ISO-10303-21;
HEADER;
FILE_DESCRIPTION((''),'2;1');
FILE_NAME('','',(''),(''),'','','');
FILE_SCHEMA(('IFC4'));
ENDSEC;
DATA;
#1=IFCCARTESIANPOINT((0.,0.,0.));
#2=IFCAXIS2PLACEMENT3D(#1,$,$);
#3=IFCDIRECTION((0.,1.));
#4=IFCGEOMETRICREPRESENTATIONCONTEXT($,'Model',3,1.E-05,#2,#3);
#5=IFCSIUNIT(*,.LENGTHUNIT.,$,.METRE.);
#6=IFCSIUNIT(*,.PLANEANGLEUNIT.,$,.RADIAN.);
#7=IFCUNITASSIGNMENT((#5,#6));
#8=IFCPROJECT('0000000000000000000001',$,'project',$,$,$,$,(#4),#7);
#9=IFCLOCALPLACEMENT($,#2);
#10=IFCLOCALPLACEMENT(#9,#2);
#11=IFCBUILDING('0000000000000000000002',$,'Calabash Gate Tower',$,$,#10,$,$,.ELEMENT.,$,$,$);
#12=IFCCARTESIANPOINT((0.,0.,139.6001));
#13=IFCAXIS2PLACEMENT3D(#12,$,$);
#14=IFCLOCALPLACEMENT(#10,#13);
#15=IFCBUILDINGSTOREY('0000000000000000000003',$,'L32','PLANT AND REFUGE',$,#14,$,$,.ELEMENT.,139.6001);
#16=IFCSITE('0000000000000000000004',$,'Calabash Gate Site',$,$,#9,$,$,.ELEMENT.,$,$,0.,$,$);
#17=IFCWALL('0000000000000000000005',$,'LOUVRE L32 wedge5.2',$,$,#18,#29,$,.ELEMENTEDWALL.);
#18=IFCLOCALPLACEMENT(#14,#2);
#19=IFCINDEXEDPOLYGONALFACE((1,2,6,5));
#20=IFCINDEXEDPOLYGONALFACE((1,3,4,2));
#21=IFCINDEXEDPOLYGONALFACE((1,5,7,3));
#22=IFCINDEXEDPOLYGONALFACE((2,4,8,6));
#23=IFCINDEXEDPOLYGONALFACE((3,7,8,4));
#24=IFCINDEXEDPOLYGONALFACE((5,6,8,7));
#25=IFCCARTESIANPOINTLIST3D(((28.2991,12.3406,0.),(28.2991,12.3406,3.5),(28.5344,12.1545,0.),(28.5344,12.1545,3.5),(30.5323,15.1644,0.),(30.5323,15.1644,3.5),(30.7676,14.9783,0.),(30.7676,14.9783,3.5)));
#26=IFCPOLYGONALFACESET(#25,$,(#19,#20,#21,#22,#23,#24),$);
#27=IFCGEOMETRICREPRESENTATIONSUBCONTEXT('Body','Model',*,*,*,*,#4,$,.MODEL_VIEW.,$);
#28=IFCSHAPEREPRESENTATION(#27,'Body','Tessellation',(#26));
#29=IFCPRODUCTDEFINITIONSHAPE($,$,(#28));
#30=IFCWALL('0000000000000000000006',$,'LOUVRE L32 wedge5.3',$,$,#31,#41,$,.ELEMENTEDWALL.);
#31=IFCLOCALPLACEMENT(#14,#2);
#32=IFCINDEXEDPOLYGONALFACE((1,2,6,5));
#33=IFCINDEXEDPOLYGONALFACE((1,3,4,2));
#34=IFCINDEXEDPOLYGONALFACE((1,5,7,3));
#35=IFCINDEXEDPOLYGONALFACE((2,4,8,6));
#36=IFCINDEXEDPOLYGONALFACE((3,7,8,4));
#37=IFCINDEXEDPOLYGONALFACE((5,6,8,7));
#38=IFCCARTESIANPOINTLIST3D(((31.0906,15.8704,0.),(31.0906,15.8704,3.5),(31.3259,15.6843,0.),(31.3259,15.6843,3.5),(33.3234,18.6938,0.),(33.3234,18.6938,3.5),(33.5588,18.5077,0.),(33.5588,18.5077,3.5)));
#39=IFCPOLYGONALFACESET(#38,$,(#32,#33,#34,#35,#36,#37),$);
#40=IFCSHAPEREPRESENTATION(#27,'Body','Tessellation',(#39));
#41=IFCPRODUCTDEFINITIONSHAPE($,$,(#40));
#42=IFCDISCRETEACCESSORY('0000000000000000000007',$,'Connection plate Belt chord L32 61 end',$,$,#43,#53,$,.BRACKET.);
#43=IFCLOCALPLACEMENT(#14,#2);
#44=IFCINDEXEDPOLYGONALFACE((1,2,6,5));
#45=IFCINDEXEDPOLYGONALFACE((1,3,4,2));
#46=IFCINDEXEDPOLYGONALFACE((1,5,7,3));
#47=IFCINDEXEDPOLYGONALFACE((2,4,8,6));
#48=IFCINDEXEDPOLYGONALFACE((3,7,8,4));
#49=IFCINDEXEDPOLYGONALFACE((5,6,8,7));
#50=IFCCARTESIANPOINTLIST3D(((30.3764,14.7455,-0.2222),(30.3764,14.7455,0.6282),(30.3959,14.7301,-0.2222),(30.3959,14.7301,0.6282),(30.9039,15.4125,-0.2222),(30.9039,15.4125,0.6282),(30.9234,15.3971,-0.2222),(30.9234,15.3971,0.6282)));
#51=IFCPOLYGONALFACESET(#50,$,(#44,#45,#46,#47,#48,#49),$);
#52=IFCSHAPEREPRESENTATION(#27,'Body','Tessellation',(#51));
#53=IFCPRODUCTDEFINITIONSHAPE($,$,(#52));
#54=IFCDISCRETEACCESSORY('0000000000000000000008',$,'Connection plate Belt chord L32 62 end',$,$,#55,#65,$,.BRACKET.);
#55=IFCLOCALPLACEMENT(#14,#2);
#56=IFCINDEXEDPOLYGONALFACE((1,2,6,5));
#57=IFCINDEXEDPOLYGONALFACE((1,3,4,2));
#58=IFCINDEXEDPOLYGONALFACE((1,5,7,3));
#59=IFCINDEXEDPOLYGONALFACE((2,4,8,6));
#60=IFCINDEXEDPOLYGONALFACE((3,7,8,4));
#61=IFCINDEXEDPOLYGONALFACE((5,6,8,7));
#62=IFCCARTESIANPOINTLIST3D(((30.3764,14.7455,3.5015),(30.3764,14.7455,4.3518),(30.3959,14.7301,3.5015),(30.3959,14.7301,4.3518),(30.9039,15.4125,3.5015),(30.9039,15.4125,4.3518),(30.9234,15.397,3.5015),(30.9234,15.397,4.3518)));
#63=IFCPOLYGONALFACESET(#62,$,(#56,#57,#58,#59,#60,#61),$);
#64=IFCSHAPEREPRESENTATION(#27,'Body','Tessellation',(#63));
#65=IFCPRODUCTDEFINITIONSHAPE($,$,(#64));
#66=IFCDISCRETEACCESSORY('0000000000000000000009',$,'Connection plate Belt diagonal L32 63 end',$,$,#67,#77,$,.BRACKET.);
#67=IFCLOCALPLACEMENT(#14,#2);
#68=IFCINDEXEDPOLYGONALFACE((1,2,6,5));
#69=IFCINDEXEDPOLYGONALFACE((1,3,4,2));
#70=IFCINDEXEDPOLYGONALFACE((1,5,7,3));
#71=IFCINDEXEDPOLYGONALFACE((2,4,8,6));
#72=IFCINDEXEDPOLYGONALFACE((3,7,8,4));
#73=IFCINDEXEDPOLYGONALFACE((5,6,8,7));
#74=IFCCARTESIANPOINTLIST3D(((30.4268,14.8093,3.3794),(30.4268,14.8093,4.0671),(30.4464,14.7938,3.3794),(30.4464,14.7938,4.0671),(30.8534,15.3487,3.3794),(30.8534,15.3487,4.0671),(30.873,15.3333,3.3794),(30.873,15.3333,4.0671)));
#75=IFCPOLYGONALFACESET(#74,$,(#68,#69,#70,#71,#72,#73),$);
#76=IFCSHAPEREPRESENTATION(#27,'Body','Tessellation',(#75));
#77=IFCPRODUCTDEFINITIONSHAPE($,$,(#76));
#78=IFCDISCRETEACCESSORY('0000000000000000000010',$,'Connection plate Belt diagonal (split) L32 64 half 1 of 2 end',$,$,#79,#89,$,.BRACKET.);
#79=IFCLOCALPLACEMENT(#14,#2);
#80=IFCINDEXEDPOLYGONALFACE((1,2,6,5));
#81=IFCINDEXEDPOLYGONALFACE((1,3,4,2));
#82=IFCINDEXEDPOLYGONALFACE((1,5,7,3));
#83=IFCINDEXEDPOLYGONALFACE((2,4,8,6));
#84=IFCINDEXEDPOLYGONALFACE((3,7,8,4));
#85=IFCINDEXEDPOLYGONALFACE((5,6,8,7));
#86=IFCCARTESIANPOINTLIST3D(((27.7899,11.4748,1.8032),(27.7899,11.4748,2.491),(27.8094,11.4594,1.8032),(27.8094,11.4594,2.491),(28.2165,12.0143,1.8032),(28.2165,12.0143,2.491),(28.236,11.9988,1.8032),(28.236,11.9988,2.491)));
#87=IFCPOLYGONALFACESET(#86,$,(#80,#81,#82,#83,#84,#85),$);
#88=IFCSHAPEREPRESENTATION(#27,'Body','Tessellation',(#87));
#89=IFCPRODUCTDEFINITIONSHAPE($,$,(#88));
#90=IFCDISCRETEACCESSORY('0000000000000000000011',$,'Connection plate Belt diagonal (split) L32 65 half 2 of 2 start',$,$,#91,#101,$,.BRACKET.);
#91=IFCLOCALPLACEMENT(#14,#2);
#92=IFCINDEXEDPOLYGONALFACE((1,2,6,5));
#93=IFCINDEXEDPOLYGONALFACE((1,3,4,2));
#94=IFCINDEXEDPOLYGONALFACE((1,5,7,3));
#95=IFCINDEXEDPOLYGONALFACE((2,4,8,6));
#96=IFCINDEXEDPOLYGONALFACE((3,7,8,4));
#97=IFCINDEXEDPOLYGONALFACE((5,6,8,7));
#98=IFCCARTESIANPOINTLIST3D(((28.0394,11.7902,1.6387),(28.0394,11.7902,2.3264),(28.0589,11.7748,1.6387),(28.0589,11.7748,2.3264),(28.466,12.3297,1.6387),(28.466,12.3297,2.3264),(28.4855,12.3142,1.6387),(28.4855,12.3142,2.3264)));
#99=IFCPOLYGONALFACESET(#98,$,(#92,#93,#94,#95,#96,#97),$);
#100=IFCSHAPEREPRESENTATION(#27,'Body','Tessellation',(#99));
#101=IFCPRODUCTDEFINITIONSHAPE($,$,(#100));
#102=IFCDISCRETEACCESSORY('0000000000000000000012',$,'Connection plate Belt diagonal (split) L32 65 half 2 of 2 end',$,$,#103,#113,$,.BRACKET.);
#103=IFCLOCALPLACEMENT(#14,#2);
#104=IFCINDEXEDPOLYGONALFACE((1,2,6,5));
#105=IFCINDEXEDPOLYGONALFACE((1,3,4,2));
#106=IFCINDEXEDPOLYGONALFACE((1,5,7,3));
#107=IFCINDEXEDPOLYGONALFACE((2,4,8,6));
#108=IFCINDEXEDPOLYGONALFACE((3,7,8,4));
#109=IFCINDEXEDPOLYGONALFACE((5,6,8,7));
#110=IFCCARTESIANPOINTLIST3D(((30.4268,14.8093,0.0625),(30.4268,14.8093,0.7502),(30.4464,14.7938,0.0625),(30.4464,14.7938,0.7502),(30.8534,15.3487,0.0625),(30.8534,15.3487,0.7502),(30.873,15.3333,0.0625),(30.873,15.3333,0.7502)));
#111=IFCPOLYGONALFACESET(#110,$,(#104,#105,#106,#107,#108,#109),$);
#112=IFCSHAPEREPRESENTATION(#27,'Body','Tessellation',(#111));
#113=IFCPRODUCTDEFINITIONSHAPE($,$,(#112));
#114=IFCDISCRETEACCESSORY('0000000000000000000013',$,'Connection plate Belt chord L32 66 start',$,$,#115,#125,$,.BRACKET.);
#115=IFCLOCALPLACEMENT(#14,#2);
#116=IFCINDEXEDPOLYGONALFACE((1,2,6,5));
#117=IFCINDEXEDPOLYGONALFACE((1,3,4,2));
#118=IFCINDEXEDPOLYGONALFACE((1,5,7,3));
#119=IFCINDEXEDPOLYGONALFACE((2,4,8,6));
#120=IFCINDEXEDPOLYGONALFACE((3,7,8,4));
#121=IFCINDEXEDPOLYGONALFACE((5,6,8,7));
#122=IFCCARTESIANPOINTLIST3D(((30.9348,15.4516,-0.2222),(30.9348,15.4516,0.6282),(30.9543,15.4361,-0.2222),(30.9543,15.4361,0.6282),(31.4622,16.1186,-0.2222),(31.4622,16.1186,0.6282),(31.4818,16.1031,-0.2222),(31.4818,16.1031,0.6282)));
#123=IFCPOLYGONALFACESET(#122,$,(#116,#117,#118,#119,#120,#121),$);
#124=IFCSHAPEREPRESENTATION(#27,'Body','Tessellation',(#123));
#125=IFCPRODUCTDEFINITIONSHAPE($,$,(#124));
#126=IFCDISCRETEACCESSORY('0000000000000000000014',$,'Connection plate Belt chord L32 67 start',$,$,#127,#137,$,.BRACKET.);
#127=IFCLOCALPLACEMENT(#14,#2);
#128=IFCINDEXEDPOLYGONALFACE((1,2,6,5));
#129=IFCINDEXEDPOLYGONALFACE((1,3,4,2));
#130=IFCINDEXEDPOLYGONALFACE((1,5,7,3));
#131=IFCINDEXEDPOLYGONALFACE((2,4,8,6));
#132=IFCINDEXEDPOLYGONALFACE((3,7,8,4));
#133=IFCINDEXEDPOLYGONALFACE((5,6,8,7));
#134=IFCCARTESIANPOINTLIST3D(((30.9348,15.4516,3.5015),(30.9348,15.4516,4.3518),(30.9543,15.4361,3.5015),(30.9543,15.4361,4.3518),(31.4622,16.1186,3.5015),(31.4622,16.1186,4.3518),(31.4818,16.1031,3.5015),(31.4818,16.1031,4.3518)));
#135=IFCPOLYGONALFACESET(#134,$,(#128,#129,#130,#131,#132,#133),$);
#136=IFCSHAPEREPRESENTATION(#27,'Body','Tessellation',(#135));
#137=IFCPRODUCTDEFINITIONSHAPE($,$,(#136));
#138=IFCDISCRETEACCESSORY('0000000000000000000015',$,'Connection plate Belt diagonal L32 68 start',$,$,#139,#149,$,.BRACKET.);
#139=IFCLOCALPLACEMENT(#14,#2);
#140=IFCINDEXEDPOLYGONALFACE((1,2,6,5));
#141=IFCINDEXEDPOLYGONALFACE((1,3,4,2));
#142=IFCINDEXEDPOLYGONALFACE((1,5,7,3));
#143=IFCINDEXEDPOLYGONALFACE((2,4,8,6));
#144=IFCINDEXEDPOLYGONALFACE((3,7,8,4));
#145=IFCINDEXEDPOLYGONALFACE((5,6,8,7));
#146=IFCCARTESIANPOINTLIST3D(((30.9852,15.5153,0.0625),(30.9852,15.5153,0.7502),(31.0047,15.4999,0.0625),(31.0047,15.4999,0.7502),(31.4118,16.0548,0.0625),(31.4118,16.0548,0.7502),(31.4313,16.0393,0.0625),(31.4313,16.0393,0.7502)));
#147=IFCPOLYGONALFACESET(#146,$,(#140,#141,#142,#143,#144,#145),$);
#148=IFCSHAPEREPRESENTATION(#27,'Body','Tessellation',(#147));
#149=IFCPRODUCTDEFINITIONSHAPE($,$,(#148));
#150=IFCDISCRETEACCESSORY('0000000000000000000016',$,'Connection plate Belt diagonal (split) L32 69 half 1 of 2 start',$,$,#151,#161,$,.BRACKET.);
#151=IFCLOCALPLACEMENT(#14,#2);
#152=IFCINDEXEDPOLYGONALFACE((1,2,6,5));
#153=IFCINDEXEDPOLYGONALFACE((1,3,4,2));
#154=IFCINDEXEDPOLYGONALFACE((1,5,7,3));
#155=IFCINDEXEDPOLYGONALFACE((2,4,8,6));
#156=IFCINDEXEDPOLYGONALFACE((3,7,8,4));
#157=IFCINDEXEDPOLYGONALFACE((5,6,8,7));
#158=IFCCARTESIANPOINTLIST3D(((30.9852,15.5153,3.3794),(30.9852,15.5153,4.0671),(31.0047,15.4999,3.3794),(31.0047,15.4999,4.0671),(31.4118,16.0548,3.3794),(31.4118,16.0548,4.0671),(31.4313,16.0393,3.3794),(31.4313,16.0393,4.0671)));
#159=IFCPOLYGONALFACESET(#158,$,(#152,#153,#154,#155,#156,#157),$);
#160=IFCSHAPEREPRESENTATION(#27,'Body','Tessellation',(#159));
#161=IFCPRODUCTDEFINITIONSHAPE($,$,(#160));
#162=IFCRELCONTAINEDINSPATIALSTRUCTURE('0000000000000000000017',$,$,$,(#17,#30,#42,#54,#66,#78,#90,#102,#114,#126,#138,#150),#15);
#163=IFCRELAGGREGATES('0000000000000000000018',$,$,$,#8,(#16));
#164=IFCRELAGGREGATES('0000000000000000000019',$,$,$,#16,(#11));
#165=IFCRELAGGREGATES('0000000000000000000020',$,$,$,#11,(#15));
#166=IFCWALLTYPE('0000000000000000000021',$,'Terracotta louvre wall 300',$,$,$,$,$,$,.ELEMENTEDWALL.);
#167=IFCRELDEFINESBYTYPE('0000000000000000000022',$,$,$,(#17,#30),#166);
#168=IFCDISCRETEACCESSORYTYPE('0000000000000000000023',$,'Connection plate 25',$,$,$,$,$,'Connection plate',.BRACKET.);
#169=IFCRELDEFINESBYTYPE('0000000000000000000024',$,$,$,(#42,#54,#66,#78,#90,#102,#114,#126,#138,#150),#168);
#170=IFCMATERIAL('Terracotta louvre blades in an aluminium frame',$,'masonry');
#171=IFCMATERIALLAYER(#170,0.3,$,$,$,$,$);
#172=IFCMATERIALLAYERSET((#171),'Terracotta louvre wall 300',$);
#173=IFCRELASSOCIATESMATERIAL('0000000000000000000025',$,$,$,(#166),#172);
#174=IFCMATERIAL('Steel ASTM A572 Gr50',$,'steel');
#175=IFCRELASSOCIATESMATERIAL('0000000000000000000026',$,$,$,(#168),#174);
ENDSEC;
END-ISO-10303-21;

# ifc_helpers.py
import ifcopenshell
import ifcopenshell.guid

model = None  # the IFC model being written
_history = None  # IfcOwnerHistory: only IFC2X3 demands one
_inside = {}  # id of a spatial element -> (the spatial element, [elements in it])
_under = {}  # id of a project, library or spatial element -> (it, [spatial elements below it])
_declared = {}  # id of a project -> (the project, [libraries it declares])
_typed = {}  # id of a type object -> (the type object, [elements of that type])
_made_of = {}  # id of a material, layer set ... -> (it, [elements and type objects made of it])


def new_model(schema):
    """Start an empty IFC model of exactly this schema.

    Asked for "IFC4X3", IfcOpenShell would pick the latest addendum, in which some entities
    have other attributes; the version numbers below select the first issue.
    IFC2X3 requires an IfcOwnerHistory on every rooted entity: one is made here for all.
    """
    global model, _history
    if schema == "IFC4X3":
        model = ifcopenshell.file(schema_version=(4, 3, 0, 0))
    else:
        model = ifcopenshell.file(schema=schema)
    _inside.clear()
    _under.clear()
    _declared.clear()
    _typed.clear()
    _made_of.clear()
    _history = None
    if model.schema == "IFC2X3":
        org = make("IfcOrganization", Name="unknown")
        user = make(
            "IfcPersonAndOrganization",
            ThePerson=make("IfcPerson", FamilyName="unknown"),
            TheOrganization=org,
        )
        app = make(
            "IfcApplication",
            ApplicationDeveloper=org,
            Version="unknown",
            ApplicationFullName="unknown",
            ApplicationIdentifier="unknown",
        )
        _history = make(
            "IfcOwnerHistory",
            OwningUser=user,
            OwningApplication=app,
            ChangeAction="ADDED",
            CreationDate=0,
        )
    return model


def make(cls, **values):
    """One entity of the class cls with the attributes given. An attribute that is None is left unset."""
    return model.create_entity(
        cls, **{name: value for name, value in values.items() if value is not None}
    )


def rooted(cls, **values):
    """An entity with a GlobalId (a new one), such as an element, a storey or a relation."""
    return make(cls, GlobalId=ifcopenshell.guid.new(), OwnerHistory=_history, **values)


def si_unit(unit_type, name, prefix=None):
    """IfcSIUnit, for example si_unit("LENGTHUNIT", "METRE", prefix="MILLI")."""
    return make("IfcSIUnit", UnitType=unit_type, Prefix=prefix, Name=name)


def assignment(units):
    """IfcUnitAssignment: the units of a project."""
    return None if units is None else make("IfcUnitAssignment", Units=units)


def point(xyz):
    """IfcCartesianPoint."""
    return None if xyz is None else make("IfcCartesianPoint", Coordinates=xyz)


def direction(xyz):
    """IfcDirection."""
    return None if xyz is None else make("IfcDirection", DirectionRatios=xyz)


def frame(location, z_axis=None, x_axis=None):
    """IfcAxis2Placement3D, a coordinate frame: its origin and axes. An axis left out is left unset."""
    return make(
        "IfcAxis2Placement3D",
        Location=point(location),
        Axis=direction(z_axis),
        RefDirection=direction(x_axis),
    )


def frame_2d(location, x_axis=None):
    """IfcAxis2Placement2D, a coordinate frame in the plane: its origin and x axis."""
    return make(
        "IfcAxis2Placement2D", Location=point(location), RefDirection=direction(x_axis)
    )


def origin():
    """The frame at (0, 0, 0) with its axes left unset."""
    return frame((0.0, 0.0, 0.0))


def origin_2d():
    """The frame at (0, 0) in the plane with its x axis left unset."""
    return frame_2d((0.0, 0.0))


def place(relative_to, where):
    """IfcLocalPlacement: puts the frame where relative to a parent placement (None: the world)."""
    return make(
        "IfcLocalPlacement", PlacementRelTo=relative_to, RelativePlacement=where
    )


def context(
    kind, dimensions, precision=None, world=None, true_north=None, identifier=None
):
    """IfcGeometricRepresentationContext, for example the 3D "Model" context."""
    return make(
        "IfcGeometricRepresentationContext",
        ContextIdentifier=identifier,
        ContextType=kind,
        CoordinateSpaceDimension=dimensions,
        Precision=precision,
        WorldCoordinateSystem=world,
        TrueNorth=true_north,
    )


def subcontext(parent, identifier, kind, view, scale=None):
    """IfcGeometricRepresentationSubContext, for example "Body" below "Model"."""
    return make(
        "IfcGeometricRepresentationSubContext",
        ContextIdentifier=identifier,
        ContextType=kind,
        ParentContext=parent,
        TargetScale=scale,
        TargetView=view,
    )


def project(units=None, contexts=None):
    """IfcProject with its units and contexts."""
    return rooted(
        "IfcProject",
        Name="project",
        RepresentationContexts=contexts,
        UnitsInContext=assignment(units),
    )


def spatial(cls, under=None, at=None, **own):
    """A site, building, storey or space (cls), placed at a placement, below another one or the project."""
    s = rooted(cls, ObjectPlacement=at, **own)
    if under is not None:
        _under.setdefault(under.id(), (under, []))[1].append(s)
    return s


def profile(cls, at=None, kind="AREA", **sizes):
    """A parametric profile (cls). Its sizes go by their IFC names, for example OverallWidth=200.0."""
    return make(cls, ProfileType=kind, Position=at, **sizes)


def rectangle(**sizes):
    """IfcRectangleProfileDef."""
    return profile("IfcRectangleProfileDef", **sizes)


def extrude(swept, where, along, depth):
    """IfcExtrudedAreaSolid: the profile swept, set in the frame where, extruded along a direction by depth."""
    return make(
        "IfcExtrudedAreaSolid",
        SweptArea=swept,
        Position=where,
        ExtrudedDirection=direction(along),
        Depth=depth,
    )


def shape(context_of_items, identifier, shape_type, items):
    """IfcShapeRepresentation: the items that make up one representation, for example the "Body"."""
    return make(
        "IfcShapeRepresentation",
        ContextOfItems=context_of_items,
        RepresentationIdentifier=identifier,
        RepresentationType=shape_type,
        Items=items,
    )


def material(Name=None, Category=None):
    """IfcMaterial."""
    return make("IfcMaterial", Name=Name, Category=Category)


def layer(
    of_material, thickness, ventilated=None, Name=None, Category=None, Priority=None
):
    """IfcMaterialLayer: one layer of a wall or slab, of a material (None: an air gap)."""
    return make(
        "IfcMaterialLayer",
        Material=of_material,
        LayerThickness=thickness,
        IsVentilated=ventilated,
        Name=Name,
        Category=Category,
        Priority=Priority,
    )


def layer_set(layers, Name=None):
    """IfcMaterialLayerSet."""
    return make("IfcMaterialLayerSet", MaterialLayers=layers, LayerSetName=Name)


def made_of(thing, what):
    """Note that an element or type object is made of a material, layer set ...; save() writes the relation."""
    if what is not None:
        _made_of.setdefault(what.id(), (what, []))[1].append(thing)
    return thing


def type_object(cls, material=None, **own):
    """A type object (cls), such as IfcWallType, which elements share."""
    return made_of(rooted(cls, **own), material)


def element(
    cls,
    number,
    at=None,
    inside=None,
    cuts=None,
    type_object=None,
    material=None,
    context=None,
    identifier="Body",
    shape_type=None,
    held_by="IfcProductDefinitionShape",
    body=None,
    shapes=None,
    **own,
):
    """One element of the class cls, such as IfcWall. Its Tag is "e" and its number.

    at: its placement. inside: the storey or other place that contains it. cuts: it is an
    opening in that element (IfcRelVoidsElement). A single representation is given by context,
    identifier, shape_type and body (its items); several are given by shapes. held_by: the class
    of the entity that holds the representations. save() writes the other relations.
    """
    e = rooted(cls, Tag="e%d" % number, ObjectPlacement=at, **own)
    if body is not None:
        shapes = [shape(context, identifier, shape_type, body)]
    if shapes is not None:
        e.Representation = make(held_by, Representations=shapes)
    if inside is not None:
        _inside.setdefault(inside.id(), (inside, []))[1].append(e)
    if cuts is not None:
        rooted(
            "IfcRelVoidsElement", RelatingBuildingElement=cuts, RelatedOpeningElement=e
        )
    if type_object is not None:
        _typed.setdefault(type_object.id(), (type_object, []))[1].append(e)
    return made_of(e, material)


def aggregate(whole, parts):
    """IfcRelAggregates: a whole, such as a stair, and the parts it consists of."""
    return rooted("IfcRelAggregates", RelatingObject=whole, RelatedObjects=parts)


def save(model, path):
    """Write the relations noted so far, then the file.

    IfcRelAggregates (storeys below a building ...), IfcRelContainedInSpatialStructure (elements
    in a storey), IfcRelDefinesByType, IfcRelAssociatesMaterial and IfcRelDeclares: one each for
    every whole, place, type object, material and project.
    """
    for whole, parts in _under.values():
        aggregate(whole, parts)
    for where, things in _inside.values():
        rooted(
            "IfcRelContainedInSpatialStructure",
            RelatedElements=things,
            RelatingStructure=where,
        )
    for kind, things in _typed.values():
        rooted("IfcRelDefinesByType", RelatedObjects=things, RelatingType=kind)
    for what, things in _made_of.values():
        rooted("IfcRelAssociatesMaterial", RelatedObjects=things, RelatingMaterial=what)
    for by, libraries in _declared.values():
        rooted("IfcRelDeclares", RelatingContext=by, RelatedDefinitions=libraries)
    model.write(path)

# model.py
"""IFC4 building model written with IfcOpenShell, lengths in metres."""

from ifc_helpers import new_model, si_unit, direction, frame, frame_2d, origin, origin_2d, place, context, subcontext, project, spatial, rectangle, extrude, material, layer, layer_set, type_object, element, save


model = new_model("IFC4")

# Units and contexts
model_context = context("Model", 3, precision=1e-05, world=origin(), true_north=direction((0.0, 1.0)))
body_context = subcontext(model_context, "Body", "Model", "MODEL_VIEW")
ifc_project = project(units=[si_unit("LENGTHUNIT", "METRE"), si_unit("PLANEANGLEUNIT", "RADIAN")], contexts=[model_context])

# Site, building, storey
site_placement = place(None, origin())
site = spatial("IfcSite", under=ifc_project, at=site_placement, Name="Calabash Gate Site", CompositionType="ELEMENT", RefElevation=0.0)
building_placement = place(site_placement, origin())
building = spatial("IfcBuilding", under=site, at=building_placement, Name="Calabash Gate Tower", CompositionType="ELEMENT")
storey_placement = place(building_placement, frame((0.0, 0.0, 139.6001)))
storey = spatial("IfcBuildingStorey", under=building, at=storey_placement, Name="L32", Description="PLANT AND REFUGE", CompositionType="ELEMENT", Elevation=139.6001)

# Walls
ifc_material_1 = material(Name="Terracotta louvre blades in an aluminium frame", Category="masonry")
ifc_layer_1 = layer(ifc_material_1, 0.3)
ifc_layer_set_1 = layer_set([ifc_layer_1], Name="Terracotta louvre wall 300")
wall_type_1 = type_object("IfcWallType", Name="Terracotta louvre wall 300", PredefinedType="ELEMENTEDWALL", material=ifc_layer_set_1)
wall_1_placement = place(storey_placement, frame((28.4167, 12.2476, 0.0), z_axis=(0.0, 0.0, 1.0), x_axis=(0.62031, 0.784357, 0.0)))
element("IfcWall", 1, at=wall_1_placement, inside=storey, type_object=wall_type_1, Name="LOUVRE L32 wedge5.2", PredefinedType="ELEMENTEDWALL", context=body_context, shape_type="SweptSolid", body=[
    extrude(rectangle(XDim=3.6001, YDim=0.3, at=frame_2d((1.8, 0.0))), origin(), (0.0, 0.0, 1.0), 3.5),
])
wall_2_placement = place(storey_placement, frame((31.2083, 15.7773, 0.0), z_axis=(0.0, 0.0, 1.0), x_axis=(0.620302, 0.784363, 0.0)))
element("IfcWall", 2, at=wall_2_placement, inside=storey, type_object=wall_type_1, Name="LOUVRE L32 wedge5.3", PredefinedType="ELEMENTEDWALL", context=body_context, shape_type="SweptSolid", body=[
    extrude(rectangle(XDim=3.5996, YDim=0.3, at=frame_2d((1.7998, 0.0))), origin(), (0.0, 0.0, 1.0), 3.5),
])

# Discrete accessories
ifc_material_2 = material(Name="Steel ASTM A572 Gr50", Category="steel")
discrete_accessory_type = type_object("IfcDiscreteAccessoryType", Name="Connection plate 25", ElementType="Connection plate", PredefinedType="BRACKET", material=ifc_material_2)
for number, where, z_axis, x_axis, name in (
    (3, (30.6499, 15.0713, -0.2222), (0.0, 0.0, 1.0), (0.620301, 0.784364, 0.0), "Connection plate Belt chord L32 61 end"),
    (4, (30.6499, 15.0713, 3.5015), (0.0, 0.0, 1.0), (0.620313, 0.784354, 0.0), "Connection plate Belt chord L32 62 end"),
):
    element("IfcDiscreteAccessory", number, at=place(storey_placement, frame(where, z_axis=z_axis, x_axis=x_axis)), inside=storey, type_object=discrete_accessory_type, Name=name, PredefinedType="BRACKET", context=body_context, shape_type="SweptSolid", body=[
        extrude(rectangle(XDim=0.8503, YDim=0.0249, at=origin_2d()), origin(), (0.0, 0.0, 1.0), 0.8503),
    ])
for number, where, z_axis, x_axis, name in (
    (5, (30.6499, 15.0713, 3.3794), (0.0, 0.0, 1.0), (0.620301, 0.784364, 0.0), "Connection plate Belt diagonal L32 63 end"),
    (6, (28.0129, 11.7368, 1.8032), (0.0, 0.0, 1.0), (0.620301, 0.784364, 0.0), "Connection plate Belt diagonal (split) L32 64 half 1 of 2 end"),
    (7, (28.2625, 12.0522, 1.6387), (0.0, 0.0, 1.0), (0.620301, 0.784364, 0.0), "Connection plate Belt diagonal (split) L32 65 half 2 of 2 start"),
    (8, (30.6499, 15.0713, 0.0625), (0.0, 0.0, 1.0), (0.620301, 0.784364, 0.0), "Connection plate Belt diagonal (split) L32 65 half 2 of 2 end"),
):
    element("IfcDiscreteAccessory", number, at=place(storey_placement, frame(where, z_axis=z_axis, x_axis=x_axis)), inside=storey, type_object=discrete_accessory_type, Name=name, PredefinedType="BRACKET", context=body_context, shape_type="SweptSolid", body=[
        extrude(rectangle(XDim=0.6877, YDim=0.0249, at=origin_2d()), origin(), (0.0, 0.0, 1.0), 0.6877),
    ])
for number, where, z_axis, x_axis, name in (
    (9, (31.2083, 15.7773, -0.2222), (0.0, 0.0, 1.0), (0.620301, 0.784364, 0.0), "Connection plate Belt chord L32 66 start"),
    (10, (31.2083, 15.7773, 3.5015), (0.0, 0.0, 1.0), (0.620301, 0.784364, 0.0), "Connection plate Belt chord L32 67 start"),
):
    element("IfcDiscreteAccessory", number, at=place(storey_placement, frame(where, z_axis=z_axis, x_axis=x_axis)), inside=storey, type_object=discrete_accessory_type, Name=name, PredefinedType="BRACKET", context=body_context, shape_type="SweptSolid", body=[
        extrude(rectangle(XDim=0.8503, YDim=0.0249, at=origin_2d()), origin(), (0.0, 0.0, 1.0), 0.8503),
    ])
for number, where, z_axis, x_axis, name in (
    (11, (31.2083, 15.7773, 0.0625), (0.0, 0.0, 1.0), (0.620301, 0.784364, 0.0), "Connection plate Belt diagonal L32 68 start"),
    (12, (31.2083, 15.7773, 3.3794), (0.0, 0.0, 1.0), (0.620301, 0.784364, 0.0), "Connection plate Belt diagonal (split) L32 69 half 1 of 2 start"),
):
    element("IfcDiscreteAccessory", number, at=place(storey_placement, frame(where, z_axis=z_axis, x_axis=x_axis)), inside=storey, type_object=discrete_accessory_type, Name=name, PredefinedType="BRACKET", context=body_context, shape_type="SweptSolid", body=[
        extrude(rectangle(XDim=0.6877, YDim=0.0249, at=origin_2d()), origin(), (0.0, 0.0, 1.0), 0.6877),
    ])

save(model, "model.ifc")
